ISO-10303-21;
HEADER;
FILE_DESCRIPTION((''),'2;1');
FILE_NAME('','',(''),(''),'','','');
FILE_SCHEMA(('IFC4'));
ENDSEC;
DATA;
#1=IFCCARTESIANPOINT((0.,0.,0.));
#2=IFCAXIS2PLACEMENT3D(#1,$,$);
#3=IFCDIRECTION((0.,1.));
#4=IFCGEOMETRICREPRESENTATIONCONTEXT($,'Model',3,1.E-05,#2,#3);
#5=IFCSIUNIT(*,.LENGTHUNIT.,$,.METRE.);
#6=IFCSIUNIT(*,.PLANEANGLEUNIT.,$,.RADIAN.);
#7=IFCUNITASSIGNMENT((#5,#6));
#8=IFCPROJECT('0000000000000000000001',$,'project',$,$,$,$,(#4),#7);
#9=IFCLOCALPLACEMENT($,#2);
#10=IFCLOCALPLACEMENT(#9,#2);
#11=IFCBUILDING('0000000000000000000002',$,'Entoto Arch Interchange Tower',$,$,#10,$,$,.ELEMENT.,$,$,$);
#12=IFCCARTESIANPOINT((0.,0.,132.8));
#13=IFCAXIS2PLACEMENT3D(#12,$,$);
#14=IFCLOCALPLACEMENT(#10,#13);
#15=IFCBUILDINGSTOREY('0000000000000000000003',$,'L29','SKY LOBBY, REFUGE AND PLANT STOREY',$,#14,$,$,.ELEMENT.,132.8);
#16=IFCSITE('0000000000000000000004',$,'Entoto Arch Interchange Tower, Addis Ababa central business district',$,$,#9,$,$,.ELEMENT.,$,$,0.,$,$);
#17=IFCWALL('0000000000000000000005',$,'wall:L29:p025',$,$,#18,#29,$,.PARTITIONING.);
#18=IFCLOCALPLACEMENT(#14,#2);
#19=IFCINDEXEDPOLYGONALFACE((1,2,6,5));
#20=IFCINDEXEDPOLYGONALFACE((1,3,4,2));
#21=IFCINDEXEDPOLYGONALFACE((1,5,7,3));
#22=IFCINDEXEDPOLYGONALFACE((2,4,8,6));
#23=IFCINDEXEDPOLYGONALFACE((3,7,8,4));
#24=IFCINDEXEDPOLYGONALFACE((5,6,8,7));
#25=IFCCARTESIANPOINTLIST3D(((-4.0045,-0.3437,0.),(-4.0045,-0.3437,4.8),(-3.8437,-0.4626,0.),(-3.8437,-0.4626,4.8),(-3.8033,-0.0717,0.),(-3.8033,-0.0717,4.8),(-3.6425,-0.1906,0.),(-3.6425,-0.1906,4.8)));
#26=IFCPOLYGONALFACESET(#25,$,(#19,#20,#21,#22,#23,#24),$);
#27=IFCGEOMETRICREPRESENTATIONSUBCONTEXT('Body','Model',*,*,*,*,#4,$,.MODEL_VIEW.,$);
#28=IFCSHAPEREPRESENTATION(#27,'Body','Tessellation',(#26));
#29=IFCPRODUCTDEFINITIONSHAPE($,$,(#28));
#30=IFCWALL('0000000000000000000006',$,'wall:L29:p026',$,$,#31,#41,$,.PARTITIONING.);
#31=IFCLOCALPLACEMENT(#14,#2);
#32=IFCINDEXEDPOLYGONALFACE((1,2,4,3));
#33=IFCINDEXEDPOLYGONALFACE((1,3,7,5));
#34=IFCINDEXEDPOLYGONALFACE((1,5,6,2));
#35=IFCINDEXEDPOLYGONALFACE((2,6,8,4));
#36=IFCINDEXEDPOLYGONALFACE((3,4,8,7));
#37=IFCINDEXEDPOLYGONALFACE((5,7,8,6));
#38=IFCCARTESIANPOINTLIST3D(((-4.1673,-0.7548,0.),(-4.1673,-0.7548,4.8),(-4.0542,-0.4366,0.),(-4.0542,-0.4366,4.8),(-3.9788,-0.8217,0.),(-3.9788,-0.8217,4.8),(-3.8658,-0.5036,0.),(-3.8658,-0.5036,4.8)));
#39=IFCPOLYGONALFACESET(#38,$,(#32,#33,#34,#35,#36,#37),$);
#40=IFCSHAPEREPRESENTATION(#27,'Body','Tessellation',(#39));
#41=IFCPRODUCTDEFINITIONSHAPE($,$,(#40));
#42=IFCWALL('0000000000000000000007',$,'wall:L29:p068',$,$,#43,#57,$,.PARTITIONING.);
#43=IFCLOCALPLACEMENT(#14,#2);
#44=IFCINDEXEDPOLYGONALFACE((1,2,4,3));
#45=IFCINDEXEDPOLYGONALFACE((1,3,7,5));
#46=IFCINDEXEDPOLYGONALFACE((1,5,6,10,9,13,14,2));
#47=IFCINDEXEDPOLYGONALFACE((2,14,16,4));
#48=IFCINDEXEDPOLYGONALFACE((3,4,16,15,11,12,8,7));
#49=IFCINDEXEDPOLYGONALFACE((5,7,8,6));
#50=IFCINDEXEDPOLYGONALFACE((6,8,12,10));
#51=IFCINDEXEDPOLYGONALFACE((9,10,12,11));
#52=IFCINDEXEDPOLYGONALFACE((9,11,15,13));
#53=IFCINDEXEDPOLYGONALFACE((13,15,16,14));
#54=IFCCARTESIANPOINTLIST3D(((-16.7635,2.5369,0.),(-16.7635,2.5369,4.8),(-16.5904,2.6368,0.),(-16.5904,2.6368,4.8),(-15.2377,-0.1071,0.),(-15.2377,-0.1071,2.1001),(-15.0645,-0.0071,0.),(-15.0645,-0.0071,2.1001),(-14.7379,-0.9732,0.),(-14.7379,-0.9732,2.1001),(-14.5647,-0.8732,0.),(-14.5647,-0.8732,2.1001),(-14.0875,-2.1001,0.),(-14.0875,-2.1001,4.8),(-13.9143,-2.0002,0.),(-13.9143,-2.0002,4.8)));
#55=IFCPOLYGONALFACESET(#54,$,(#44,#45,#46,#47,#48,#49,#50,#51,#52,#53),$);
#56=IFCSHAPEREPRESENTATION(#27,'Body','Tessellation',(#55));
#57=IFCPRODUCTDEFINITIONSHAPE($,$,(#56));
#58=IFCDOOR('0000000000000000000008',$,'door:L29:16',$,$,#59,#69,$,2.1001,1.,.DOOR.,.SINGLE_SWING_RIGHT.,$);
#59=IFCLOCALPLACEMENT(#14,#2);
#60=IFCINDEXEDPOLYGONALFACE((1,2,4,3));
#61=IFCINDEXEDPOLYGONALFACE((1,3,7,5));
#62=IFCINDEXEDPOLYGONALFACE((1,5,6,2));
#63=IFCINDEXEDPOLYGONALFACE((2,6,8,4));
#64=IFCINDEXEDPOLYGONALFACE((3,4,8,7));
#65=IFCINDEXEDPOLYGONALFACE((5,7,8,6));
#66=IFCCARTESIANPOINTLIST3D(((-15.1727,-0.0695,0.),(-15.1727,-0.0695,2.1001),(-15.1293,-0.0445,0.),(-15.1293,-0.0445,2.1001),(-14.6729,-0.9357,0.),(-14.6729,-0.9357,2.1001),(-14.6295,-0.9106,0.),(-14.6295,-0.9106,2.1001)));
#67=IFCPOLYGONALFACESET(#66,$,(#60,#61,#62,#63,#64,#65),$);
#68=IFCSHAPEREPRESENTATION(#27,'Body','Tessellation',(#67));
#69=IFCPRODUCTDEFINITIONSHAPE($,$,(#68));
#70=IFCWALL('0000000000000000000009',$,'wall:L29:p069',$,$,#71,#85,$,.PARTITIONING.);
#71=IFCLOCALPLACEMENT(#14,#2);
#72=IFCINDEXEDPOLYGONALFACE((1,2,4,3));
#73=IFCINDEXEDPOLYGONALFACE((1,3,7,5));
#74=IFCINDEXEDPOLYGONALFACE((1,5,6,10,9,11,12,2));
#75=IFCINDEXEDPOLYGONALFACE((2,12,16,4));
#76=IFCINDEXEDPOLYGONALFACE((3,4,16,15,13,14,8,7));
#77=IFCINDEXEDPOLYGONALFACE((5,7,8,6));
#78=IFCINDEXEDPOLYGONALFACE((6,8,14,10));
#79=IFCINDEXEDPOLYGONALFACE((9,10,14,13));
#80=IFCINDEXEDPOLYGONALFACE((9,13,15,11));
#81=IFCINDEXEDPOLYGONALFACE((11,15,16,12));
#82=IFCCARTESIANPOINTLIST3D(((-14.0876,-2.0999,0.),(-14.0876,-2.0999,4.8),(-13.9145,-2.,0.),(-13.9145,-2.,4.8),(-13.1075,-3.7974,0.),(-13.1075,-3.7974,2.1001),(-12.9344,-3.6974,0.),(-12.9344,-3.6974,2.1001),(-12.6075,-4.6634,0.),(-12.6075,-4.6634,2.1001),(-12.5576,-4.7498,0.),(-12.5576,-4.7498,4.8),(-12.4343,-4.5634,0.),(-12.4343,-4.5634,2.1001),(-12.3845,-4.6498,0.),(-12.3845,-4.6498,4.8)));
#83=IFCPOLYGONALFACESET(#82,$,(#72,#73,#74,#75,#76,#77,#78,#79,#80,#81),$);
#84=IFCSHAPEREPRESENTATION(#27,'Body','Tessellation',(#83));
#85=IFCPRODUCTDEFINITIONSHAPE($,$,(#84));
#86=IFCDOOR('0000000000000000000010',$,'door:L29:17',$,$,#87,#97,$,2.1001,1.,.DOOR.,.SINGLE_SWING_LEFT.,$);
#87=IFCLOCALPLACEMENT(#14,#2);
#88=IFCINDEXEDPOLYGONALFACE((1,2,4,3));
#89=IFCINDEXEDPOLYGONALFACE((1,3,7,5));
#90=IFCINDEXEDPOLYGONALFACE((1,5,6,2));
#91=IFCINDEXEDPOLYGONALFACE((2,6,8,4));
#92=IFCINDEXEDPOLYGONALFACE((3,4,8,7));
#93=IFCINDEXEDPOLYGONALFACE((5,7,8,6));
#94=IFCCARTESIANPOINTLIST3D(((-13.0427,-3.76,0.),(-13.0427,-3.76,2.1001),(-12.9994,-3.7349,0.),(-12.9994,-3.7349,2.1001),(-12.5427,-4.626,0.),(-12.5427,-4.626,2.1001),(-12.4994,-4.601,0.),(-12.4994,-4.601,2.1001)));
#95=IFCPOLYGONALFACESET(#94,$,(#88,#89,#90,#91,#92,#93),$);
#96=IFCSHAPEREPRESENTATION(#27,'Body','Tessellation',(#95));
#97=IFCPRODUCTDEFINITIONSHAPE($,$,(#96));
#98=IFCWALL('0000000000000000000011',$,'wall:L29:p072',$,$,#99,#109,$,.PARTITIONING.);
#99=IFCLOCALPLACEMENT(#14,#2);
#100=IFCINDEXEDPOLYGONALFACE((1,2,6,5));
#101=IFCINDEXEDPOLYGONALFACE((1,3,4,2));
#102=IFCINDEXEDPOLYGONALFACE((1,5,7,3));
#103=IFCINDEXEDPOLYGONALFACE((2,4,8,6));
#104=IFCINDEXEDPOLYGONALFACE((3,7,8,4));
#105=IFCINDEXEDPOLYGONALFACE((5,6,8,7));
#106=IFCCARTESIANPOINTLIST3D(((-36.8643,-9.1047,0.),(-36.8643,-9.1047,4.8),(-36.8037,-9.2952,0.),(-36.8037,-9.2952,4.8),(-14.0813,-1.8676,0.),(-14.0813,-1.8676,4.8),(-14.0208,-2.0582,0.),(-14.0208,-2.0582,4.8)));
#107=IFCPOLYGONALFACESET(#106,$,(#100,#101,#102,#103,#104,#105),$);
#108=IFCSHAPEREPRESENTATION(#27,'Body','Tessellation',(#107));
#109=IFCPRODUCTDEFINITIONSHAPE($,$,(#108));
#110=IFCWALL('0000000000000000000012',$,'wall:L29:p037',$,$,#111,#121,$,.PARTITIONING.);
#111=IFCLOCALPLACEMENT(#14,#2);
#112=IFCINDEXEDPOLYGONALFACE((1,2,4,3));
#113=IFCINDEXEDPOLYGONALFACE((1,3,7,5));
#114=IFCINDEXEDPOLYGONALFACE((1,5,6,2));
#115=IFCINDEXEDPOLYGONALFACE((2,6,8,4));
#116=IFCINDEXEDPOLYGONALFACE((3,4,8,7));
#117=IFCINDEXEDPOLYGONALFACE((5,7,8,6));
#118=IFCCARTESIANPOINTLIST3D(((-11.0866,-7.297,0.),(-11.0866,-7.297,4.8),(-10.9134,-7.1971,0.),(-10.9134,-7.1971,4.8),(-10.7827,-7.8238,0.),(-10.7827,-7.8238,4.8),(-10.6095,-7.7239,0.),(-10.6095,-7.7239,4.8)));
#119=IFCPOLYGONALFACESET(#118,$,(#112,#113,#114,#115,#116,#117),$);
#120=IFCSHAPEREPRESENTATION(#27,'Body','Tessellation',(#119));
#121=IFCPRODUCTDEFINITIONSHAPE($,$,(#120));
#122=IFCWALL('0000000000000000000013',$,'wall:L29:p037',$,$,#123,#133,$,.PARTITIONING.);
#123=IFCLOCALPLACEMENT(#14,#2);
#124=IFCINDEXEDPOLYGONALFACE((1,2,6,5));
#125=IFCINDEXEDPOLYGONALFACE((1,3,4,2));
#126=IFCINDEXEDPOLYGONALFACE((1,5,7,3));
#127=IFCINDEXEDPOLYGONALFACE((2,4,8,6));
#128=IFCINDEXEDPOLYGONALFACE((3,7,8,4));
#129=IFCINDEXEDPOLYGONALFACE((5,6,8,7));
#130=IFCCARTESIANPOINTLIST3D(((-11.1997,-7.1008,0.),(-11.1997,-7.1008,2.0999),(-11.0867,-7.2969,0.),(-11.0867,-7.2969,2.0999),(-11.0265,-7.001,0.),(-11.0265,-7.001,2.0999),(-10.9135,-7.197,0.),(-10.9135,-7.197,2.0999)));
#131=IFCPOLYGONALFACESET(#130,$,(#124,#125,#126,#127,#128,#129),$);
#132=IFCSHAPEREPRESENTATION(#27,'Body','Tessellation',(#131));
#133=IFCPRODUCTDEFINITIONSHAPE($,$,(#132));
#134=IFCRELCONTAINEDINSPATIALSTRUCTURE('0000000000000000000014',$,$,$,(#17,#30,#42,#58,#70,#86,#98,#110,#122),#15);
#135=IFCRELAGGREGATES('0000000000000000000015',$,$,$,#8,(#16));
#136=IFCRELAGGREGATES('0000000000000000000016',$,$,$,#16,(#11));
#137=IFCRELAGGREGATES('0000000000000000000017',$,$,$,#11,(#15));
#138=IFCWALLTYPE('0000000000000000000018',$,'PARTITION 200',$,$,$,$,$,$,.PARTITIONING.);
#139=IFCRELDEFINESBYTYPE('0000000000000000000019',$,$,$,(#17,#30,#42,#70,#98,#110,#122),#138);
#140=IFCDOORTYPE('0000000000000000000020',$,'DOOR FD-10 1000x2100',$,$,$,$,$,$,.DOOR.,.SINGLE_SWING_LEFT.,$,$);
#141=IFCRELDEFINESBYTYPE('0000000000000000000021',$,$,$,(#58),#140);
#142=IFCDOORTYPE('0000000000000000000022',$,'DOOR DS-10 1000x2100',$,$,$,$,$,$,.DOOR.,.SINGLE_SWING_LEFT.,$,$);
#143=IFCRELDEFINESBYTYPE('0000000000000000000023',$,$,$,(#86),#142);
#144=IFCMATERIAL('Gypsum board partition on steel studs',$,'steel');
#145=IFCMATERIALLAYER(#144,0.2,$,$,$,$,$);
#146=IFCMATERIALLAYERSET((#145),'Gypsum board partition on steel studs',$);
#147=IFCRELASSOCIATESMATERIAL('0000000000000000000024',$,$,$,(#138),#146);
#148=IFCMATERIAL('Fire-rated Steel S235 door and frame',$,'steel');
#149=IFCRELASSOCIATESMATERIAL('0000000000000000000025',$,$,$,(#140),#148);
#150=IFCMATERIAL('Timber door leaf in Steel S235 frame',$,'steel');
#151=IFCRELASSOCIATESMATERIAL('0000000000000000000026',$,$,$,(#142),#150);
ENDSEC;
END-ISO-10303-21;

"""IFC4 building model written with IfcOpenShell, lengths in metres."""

from ifc_helpers import new_model, si_unit, direction, frame, frame_2d, origin, place, context, subcontext, project, spatial, rectangle, extrude, material, layer, layer_set, type_object, element, fill, save


model = new_model("IFC4")

# Units and contexts
model_context = context("Model", 3, precision=1e-05, world=origin(), true_north=direction((0.0, 1.0)))
body_context = subcontext(model_context, "Body", "Model", "MODEL_VIEW")
ifc_project = project(units=[si_unit("LENGTHUNIT", "METRE"), si_unit("PLANEANGLEUNIT", "RADIAN")], contexts=[model_context])

# Site, building, storey
site_placement = place(None, origin())
site = spatial("IfcSite", under=ifc_project, at=site_placement, Name="Entoto Arch Interchange Tower, Addis Ababa central business district", CompositionType="ELEMENT", RefElevation=0.0)
building_placement = place(site_placement, origin())
building = spatial("IfcBuilding", under=site, at=building_placement, Name="Entoto Arch Interchange Tower", CompositionType="ELEMENT")
storey_placement = place(building_placement, frame((0.0, 0.0, 132.8)))
storey = spatial("IfcBuildingStorey", under=building, at=storey_placement, Name="L29", Description="SKY LOBBY, REFUGE AND PLANT STOREY", CompositionType="ELEMENT", Elevation=132.8)

# Walls
ifc_material_1 = material(Name="Gypsum board partition on steel studs", Category="steel")
ifc_layer_1 = layer(ifc_material_1, 0.2)
ifc_layer_set_1 = layer_set([ifc_layer_1], Name="Gypsum board partition on steel studs")
wall_type_1 = type_object("IfcWallType", Name="PARTITION 200", PredefinedType="PARTITIONING", material=ifc_layer_set_1)
wall_1_placement = place(storey_placement, frame((-3.7229, -0.1311, 0.0), z_axis=(0.0, 0.0, 1.0), x_axis=(-0.594675, -0.803966, 0.0)))
element("IfcWall", 1, at=wall_1_placement, inside=storey, type_object=wall_type_1, Name="wall:L29:p025", PredefinedType="PARTITIONING", context=body_context, shape_type="SweptSolid", body=[
    extrude(rectangle(XDim=0.3384, YDim=0.2, at=frame_2d((0.1692, 0.0))), origin(), (0.0, 0.0, 1.0), 4.8),
])
wall_2_placement = place(storey_placement, frame((-3.96, -0.47, 0.0), z_axis=(0.0, 0.0, 1.0), x_axis=(-0.334824, -0.942281, 0.0)))
element("IfcWall", 2, at=wall_2_placement, inside=storey, type_object=wall_type_1, Name="wall:L29:p026", PredefinedType="PARTITIONING", context=body_context, shape_type="SweptSolid", body=[
    extrude(rectangle(XDim=0.3376, YDim=0.2, at=frame_2d((0.1689, 0.0))), origin(), (0.0, 0.0, 1.0), 4.8),
])

# Walls, openings, doors
wall_3_placement = place(storey_placement, frame((-14.001, -2.05, 0.0), z_axis=(0.0, 0.0, 1.0), x_axis=(-0.499842, 0.866116, 0.0)))
wall_3 = element("IfcWall", 3, at=wall_3_placement, inside=storey, type_object=wall_type_1, Name="wall:L29:p068", PredefinedType="PARTITIONING", context=body_context, shape_type="SweptSolid", body=[
    extrude(rectangle(XDim=5.3538, YDim=0.2, at=frame_2d((2.6768, 0.0))), origin(), (0.0, 0.0, 1.0), 4.8),
])
opening_1_placement = place(wall_3_placement, frame((1.301, 0.0, 0.0)))
opening_1 = element("IfcOpeningElement", 4, at=opening_1_placement, cuts=wall_3, PredefinedType="OPENING", context=body_context, shape_type="SweptSolid", body=[
    extrude(rectangle(XDim=1.0, YDim=2.1001, at=frame_2d((0.5, 1.05))), frame((0.0, 0.1099, 0.0), z_axis=(0.0, -1.0, 0.0), x_axis=(1.0, 0.0, 0.0)), (0.0, 0.0, 1.0), 0.22),
])
ifc_material_2 = material(Name="Fire-rated Steel S235 door and frame", Category="steel")
door_type_1 = type_object("IfcDoorType", Name="DOOR FD-10 1000x2100", OperationType="SINGLE_SWING_LEFT", PredefinedType="DOOR", material=ifc_material_2)
door_1_placement = place(opening_1_placement, origin())
door_1 = element("IfcDoor", 5, at=door_1_placement, inside=storey, type_object=door_type_1, Name="door:L29:16", OperationType="SINGLE_SWING_RIGHT", OverallHeight=2.1001, OverallWidth=1.0, PredefinedType="DOOR", context=body_context, shape_type="SweptSolid", body=[
    extrude(rectangle(XDim=1.0, YDim=2.1001, at=frame_2d((0.5, 1.05))), frame((0.0, 0.0249, 0.0), z_axis=(0.0, -1.0, 0.0), x_axis=(1.0, 0.0, 0.0)), (0.0, 0.0, 1.0), 0.05),
])
fill(opening_1, door_1)
wall_4_placement = place(storey_placement, frame((-14.001, -2.05, 0.0), z_axis=(0.0, 0.0, 1.0), x_axis=(0.500026, -0.86601, 0.0)))
wall_4 = element("IfcWall", 6, at=wall_4_placement, inside=storey, type_object=wall_type_1, Name="wall:L29:p069", PredefinedType="PARTITIONING", context=body_context, shape_type="SweptSolid", body=[
    extrude(rectangle(XDim=3.0598, YDim=0.2, at=frame_2d((1.5298, 0.0))), origin(), (0.0, 0.0, 1.0), 4.8),
])
opening_2_placement = place(wall_4_placement, frame((1.96, 0.0, 0.0)))
opening_2 = element("IfcOpeningElement", 7, at=opening_2_placement, cuts=wall_4, PredefinedType="OPENING", context=body_context, shape_type="SweptSolid", body=[
    extrude(rectangle(XDim=1.0, YDim=2.1001, at=frame_2d((0.5, 1.05))), frame((0.0, 0.1099, 0.0), z_axis=(0.0, -1.0, 0.0), x_axis=(1.0, 0.0, 0.0)), (0.0, 0.0, 1.0), 0.22),
])
ifc_material_3 = material(Name="Timber door leaf in Steel S235 frame", Category="steel")
door_type_2 = type_object("IfcDoorType", Name="DOOR DS-10 1000x2100", OperationType="SINGLE_SWING_LEFT", PredefinedType="DOOR", material=ifc_material_3)
door_2_placement = place(opening_2_placement, origin())
door_2 = element("IfcDoor", 8, at=door_2_placement, inside=storey, type_object=door_type_2, Name="door:L29:17", OperationType="SINGLE_SWING_LEFT", OverallHeight=2.1001, OverallWidth=1.0, PredefinedType="DOOR", context=body_context, shape_type="SweptSolid", body=[
    extrude(rectangle(XDim=1.0, YDim=2.1001, at=frame_2d((0.5, 1.05))), frame((0.0, 0.0249, 0.0), z_axis=(0.0, -1.0, 0.0), x_axis=(1.0, 0.0, 0.0)), (0.0, 0.0, 1.0), 0.05),
])
fill(opening_2, door_2)

# Walls
wall_5_placement = place(storey_placement, frame((-14.051, -1.9629, 0.0), z_axis=(0.0, 0.0, 1.0), x_axis=(-0.953071, -0.302745, 0.0)))
element("IfcWall", 9, at=wall_5_placement, inside=storey, type_object=wall_type_1, Name="wall:L29:p072", PredefinedType="PARTITIONING", context=body_context, shape_type="SweptSolid", body=[
    extrude(rectangle(XDim=23.9048, YDim=0.2, at=frame_2d((11.9524, 0.0))), origin(), (0.0, 0.0, 1.0), 4.8),
])
wall_6_placement = place(storey_placement, frame((-10.696, -7.7739, 0.0), z_axis=(0.0, 0.0, 1.0), x_axis=(-0.499722, 0.866186, 0.0)))
element("IfcWall", 10, at=wall_6_placement, inside=storey, type_object=wall_type_1, Name="wall:L29:p037", PredefinedType="PARTITIONING", context=body_context, shape_type="SweptSolid", body=[
    extrude(rectangle(XDim=0.6082, YDim=0.2, at=frame_2d((0.3042, 0.0))), origin(), (0.0, 0.0, 1.0), 4.8),
])
wall_7_placement = place(storey_placement, frame((-11.0, -7.2471, 0.0), z_axis=(0.0, 0.0, 1.0), x_axis=(-0.499505, 0.866311, 0.0)))
element("IfcWall", 11, at=wall_7_placement, inside=storey, type_object=wall_type_1, Name="wall:L29:p037", PredefinedType="PARTITIONING", context=body_context, shape_type="SweptSolid", body=[
    extrude(rectangle(XDim=0.2263, YDim=0.2, at=frame_2d((0.1133, 0.0))), origin(), (0.0, 0.0, 1.0), 2.0999),
])

save(model, "model.ifc")
